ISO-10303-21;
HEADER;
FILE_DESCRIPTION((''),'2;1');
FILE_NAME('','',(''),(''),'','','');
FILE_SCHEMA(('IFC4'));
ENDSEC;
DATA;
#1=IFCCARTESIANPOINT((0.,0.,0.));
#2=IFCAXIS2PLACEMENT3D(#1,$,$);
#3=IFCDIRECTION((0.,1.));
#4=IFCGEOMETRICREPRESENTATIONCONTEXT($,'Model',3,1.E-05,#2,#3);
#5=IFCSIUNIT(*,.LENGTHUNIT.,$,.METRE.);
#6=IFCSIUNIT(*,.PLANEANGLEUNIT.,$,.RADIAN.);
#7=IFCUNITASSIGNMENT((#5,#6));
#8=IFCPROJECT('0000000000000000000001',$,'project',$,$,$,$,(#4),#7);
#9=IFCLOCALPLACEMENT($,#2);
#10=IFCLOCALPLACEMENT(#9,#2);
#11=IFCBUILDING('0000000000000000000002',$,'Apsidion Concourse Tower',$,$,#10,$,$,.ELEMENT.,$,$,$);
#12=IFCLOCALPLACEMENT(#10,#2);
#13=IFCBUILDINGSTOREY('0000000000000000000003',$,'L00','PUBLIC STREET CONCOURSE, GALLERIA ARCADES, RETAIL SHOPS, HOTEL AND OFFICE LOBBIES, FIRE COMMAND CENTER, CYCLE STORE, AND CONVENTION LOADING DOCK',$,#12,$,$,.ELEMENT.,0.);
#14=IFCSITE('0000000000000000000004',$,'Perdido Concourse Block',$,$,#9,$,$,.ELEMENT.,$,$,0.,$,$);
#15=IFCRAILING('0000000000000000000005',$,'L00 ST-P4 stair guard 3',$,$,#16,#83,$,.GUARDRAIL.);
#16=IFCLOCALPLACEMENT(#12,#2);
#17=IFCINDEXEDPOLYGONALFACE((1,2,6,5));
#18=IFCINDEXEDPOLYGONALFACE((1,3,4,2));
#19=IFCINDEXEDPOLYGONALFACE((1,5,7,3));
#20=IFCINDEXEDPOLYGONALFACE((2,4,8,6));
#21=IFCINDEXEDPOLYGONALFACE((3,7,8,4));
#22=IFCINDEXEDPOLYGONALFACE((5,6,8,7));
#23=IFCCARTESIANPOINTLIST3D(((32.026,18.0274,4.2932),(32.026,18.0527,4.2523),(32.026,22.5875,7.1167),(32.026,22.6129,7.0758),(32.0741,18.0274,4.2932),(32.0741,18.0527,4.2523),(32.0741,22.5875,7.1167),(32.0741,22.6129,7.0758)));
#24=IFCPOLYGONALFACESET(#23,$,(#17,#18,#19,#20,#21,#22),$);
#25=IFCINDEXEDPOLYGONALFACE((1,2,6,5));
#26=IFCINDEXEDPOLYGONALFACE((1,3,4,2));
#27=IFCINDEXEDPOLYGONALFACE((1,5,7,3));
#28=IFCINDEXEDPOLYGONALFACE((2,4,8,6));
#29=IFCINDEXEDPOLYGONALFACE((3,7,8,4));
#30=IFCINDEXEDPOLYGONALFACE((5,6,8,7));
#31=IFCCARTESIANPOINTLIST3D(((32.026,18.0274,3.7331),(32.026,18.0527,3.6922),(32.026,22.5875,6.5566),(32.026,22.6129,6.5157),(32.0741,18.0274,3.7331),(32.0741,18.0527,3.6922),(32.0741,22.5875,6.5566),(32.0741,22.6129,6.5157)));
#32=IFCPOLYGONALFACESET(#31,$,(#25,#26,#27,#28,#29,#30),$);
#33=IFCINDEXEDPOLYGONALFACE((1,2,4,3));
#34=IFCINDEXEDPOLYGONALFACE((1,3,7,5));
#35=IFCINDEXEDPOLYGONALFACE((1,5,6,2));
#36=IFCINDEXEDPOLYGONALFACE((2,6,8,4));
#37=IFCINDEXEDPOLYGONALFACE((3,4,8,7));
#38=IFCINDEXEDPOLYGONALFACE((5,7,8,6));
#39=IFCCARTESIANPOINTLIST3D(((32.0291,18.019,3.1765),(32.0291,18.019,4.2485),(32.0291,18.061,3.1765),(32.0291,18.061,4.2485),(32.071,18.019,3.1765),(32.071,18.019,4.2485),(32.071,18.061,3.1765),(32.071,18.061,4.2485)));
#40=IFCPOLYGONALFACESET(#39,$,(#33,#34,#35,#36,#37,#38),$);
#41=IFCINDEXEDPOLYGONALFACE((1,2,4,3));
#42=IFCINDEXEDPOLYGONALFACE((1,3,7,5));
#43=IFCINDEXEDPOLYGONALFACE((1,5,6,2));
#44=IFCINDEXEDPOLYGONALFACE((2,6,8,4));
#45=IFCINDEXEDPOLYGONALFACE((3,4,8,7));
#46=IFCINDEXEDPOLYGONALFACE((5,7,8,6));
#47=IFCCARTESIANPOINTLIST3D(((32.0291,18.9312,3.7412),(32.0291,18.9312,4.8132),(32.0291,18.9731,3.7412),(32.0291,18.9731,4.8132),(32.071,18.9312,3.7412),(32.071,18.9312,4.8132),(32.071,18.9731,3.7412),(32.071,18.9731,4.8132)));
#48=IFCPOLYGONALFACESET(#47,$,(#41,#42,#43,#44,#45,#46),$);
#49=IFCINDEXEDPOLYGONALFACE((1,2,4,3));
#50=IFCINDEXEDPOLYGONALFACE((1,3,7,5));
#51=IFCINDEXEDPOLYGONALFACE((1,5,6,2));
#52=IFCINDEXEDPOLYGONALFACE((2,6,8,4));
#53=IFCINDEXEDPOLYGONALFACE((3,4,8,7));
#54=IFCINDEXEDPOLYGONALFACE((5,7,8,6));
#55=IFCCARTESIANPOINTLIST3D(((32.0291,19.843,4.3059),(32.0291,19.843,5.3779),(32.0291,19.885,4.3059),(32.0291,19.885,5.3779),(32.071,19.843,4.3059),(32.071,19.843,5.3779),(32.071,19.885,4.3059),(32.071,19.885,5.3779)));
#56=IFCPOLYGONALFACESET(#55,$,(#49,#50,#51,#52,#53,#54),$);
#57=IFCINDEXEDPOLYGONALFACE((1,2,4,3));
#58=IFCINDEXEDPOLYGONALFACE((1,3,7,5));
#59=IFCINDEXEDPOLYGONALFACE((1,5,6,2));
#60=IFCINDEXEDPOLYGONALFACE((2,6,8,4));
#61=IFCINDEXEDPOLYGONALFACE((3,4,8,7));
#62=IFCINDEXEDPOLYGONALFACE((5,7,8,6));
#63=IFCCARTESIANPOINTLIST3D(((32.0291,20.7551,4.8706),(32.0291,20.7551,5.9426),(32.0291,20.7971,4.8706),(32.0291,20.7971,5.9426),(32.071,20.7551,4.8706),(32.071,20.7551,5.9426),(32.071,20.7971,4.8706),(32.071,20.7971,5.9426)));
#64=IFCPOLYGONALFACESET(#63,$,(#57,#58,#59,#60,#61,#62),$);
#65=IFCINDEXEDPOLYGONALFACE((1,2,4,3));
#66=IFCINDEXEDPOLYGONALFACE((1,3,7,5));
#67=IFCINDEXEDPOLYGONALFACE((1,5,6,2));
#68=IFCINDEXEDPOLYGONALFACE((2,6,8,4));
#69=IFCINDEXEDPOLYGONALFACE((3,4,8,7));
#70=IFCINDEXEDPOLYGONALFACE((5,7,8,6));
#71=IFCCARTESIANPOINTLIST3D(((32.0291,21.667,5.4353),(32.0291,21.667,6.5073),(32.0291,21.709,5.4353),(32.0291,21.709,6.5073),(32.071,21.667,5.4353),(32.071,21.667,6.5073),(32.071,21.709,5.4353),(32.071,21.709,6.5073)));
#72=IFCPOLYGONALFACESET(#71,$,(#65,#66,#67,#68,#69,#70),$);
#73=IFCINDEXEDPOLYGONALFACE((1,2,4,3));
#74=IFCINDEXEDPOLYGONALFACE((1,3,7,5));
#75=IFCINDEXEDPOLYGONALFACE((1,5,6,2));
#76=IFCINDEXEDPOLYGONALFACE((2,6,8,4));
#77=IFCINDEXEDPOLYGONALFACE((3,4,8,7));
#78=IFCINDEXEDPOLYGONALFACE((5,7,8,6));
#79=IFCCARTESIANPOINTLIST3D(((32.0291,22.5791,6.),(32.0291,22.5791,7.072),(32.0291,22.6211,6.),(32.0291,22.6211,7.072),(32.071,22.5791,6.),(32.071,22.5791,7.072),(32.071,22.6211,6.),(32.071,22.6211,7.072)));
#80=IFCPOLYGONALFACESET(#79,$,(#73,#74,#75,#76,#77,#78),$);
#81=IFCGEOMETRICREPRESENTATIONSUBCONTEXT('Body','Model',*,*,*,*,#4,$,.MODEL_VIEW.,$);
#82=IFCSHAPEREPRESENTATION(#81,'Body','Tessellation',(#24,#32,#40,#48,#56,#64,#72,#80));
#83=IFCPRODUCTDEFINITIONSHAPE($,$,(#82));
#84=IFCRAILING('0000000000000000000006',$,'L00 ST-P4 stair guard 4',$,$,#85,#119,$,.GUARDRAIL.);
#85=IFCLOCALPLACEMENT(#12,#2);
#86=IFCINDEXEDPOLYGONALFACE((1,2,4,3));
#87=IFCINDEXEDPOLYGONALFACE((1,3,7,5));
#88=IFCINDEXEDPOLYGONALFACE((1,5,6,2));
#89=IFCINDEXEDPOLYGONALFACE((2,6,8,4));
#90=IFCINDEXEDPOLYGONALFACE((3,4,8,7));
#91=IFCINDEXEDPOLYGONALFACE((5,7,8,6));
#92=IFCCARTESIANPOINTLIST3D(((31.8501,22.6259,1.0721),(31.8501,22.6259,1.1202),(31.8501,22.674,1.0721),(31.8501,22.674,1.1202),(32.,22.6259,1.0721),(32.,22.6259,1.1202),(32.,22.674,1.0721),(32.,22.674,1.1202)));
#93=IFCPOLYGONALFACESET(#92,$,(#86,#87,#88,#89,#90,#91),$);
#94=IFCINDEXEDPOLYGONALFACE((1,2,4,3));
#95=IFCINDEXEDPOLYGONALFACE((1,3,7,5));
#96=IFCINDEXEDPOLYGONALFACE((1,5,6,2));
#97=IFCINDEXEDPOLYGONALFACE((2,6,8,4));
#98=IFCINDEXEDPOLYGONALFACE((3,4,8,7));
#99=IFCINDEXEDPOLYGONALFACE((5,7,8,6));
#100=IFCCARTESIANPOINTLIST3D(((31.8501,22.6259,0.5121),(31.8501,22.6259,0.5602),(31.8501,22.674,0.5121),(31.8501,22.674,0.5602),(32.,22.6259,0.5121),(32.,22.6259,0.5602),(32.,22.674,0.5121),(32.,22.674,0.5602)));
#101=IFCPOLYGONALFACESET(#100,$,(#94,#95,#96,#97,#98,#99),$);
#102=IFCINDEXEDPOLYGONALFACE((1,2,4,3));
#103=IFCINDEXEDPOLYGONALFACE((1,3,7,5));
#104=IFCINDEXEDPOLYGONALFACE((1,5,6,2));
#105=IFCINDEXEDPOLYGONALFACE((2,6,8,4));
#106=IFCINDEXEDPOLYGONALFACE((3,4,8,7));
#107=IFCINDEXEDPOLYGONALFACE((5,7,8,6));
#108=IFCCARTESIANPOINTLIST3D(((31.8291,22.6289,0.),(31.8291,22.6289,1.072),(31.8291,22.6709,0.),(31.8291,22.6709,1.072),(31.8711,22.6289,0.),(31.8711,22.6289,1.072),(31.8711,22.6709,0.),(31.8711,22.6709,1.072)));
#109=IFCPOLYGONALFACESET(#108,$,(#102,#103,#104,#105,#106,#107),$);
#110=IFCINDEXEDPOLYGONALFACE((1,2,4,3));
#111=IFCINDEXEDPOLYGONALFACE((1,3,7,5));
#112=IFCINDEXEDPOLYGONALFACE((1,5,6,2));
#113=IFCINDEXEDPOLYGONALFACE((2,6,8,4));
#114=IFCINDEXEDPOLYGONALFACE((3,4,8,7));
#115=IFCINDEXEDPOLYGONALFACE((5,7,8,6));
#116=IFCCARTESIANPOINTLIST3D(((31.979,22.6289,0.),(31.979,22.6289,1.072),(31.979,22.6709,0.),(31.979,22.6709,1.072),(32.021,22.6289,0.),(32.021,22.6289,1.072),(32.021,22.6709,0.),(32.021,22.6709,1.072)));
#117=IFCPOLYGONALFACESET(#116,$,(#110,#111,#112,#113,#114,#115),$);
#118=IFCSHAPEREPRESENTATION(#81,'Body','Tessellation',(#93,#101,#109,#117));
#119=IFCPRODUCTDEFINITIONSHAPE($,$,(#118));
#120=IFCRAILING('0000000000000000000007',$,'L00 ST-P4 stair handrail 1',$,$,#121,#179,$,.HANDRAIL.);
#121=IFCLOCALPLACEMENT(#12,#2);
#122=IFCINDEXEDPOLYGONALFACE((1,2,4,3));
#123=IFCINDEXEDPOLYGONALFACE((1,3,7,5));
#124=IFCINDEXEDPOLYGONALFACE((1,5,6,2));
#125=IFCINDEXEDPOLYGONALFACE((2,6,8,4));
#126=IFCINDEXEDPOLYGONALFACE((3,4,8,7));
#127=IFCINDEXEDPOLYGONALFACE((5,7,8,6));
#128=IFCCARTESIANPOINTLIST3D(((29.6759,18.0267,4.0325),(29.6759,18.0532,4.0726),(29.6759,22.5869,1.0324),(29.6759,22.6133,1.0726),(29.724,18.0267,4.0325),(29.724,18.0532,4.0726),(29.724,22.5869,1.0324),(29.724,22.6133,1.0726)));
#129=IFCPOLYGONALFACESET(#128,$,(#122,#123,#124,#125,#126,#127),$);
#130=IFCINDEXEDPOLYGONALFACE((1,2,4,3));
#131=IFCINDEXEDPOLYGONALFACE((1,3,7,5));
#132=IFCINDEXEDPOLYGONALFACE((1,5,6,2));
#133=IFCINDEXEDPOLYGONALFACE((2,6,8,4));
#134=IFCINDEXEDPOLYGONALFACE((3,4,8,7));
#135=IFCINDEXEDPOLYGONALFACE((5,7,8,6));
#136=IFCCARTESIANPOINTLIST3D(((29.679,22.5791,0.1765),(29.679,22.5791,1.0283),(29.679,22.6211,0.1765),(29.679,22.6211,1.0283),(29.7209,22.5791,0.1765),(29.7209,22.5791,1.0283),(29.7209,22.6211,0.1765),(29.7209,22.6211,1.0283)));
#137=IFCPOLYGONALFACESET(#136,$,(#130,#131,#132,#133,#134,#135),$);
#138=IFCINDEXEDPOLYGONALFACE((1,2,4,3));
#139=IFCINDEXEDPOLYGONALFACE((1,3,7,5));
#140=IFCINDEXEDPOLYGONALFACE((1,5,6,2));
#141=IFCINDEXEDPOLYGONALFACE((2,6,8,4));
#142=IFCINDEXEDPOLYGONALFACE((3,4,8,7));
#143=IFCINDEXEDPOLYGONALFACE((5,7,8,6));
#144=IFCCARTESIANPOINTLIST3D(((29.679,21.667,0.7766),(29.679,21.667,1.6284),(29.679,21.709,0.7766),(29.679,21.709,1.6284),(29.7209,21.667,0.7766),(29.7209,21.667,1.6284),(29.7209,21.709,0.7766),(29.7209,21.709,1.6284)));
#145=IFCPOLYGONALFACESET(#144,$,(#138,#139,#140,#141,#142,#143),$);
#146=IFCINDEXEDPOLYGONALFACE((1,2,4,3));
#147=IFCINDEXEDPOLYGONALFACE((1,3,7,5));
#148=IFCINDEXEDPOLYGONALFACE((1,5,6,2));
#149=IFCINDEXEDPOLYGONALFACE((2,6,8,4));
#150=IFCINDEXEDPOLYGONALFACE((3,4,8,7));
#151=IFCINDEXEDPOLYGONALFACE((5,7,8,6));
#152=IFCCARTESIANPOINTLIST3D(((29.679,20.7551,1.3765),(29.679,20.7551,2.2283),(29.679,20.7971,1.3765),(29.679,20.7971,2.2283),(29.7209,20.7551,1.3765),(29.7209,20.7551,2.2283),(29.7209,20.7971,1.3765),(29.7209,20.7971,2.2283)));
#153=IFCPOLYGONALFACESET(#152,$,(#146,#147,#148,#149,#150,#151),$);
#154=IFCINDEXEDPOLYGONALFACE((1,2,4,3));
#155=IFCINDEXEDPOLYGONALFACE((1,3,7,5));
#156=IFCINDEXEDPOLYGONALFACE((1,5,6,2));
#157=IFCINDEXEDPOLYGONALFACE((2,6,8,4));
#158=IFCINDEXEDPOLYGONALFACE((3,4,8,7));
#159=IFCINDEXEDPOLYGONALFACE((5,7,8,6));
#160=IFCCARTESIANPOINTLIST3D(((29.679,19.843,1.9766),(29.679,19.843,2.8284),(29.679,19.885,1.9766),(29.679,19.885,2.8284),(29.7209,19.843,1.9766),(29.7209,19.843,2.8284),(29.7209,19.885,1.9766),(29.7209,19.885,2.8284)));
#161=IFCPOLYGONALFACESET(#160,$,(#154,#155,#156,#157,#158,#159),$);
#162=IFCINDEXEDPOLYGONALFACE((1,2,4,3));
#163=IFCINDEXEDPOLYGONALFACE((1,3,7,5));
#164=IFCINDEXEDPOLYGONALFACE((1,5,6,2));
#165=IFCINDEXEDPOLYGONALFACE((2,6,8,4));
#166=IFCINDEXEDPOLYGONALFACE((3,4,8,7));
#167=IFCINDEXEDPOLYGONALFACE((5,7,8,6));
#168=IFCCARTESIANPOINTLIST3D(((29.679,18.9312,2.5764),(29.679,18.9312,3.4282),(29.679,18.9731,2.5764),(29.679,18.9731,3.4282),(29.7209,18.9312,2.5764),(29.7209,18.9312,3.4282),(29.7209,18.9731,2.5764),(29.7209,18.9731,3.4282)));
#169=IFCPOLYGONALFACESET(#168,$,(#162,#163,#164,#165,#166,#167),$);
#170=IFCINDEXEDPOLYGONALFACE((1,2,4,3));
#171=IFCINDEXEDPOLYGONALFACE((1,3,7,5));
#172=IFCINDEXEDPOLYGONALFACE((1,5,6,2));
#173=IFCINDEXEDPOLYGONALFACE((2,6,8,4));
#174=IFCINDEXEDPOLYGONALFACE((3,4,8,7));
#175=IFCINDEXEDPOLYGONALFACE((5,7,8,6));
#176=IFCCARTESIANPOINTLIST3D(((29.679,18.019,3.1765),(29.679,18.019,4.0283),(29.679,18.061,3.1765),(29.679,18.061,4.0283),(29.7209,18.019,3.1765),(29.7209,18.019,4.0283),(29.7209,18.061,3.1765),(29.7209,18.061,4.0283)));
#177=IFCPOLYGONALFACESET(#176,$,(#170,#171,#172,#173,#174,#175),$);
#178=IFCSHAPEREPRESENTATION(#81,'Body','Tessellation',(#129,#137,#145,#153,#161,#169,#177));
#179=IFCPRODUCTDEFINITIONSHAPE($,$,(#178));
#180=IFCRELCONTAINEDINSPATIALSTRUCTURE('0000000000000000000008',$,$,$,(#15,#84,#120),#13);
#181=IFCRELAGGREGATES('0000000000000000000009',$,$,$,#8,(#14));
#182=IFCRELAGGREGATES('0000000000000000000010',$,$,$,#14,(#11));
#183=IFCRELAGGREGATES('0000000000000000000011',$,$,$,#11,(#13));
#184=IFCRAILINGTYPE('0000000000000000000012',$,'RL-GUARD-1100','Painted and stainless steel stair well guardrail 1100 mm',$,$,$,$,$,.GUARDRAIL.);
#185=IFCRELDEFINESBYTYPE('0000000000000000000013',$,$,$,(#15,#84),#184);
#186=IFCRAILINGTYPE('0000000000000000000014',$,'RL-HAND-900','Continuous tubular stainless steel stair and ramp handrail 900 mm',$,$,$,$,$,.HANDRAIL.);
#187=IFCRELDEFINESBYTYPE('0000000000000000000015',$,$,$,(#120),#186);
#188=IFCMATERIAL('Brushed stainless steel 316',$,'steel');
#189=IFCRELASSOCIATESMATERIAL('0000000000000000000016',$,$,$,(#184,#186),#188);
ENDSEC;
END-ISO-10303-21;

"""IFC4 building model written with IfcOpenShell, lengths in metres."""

from ifc_helpers import new_model, si_unit, direction, frame, origin, origin_2d, place, context, subcontext, project, spatial, rectangle, extrude, material, type_object, element, save


model = new_model("IFC4")

# Units and contexts
model_context = context("Model", 3, precision=1e-05, world=origin(), true_north=direction((0.0, 1.0)))
body_context = subcontext(model_context, "Body", "Model", "MODEL_VIEW")
ifc_project = project(units=[si_unit("LENGTHUNIT", "METRE"), si_unit("PLANEANGLEUNIT", "RADIAN")], contexts=[model_context])

# Site, building, storey
site_placement = place(None, origin())
site = spatial("IfcSite", under=ifc_project, at=site_placement, Name="Perdido Concourse Block", CompositionType="ELEMENT", RefElevation=0.0)
building_placement = place(site_placement, origin())
building = spatial("IfcBuilding", under=site, at=building_placement, Name="Apsidion Concourse Tower", CompositionType="ELEMENT")
storey_placement = place(building_placement, origin())
storey = spatial("IfcBuildingStorey", under=building, at=storey_placement, Name="L00", Description="PUBLIC STREET CONCOURSE, GALLERIA ARCADES, RETAIL SHOPS, HOTEL AND OFFICE LOBBIES, FIRE COMMAND CENTER, CYCLE STORE, AND CONVENTION LOADING DOCK", CompositionType="ELEMENT", Elevation=0.0)

# Shared definitions
ifc_material_1 = material(Name="Brushed stainless steel 316", Category="steel")

# Railings
railing_type_1 = type_object("IfcRailingType", Name="RL-GUARD-1100", Description="Painted and stainless steel stair well guardrail 1100 mm", PredefinedType="GUARDRAIL", material=ifc_material_1)
railing_1_placement = place(storey_placement, frame((32.05, 18.04, 3.1765)))
element("IfcRailing", 1, at=railing_1_placement, inside=storey, type_object=railing_type_1, Name="L00 ST-P4 stair guard 3", PredefinedType="GUARDRAIL", context=body_context, shape_type="SweptSolid", body=[
    extrude(rectangle(XDim=0.0481, YDim=0.0481, at=origin_2d()), frame((0.0, 0.0, 1.0962), z_axis=(0.0, 0.850216, 0.526435), x_axis=(-1.0, 0.0, 0.0)), (0.0, 0.0, 1.0), 5.3635),
    extrude(rectangle(XDim=0.0481, YDim=0.0481, at=origin_2d()), frame((0.0, 0.0, 0.5361), z_axis=(0.0, 0.850216, 0.526435), x_axis=(-1.0, 0.0, 0.0)), (0.0, 0.0, 1.0), 5.3635),
    extrude(rectangle(XDim=0.042, YDim=0.042, at=origin_2d()), origin(), (0.0, 0.0, 1.0), 1.072),
    extrude(rectangle(XDim=0.042, YDim=0.042, at=origin_2d()), frame((0.0, 0.9121, 0.5647)), (0.0, 0.0, 1.0), 1.072),
    extrude(rectangle(XDim=0.042, YDim=0.042, at=origin_2d()), frame((0.0, 1.824, 1.1294)), (0.0, 0.0, 1.0), 1.072),
    extrude(rectangle(XDim=0.042, YDim=0.042, at=origin_2d()), frame((0.0, 2.7361, 1.6941)), (0.0, 0.0, 1.0), 1.072),
    extrude(rectangle(XDim=0.042, YDim=0.042, at=origin_2d()), frame((0.0, 3.6479, 2.2588)), (0.0, 0.0, 1.0), 1.072),
    extrude(rectangle(XDim=0.042, YDim=0.042, at=origin_2d()), frame((0.0, 4.5601, 2.8235)), (0.0, 0.0, 1.0), 1.072),
])
railing_2_placement = place(storey_placement, frame((31.8501, 22.6499, 0.0)))
element("IfcRailing", 2, at=railing_2_placement, inside=storey, type_object=railing_type_1, Name="L00 ST-P4 stair guard 4", PredefinedType="GUARDRAIL", context=body_context, shape_type="SweptSolid", body=[
    extrude(rectangle(XDim=0.0481, YDim=0.0481, at=origin_2d()), frame((0.0, 0.0, 1.0962), z_axis=(1.0, 0.0, 0.0), x_axis=(0.0, 1.0, 0.0)), (0.0, 0.0, 1.0), 0.1499),
    extrude(rectangle(XDim=0.0481, YDim=0.0481, at=origin_2d()), frame((0.0, 0.0, 0.5361), z_axis=(1.0, 0.0, 0.0), x_axis=(0.0, 1.0, 0.0)), (0.0, 0.0, 1.0), 0.1499),
    extrude(rectangle(XDim=0.042, YDim=0.042, at=origin_2d()), origin(), (0.0, 0.0, 1.0), 1.072),
    extrude(rectangle(XDim=0.042, YDim=0.042, at=origin_2d()), frame((0.1499, 0.0, 0.0)), (0.0, 0.0, 1.0), 1.072),
])
railing_type_2 = type_object("IfcRailingType", Name="RL-HAND-900", Description="Continuous tubular stainless steel stair and ramp handrail 900 mm", PredefinedType="HANDRAIL", material=ifc_material_1)
railing_3_placement = place(storey_placement, frame((29.7, 22.6001, 0.1765)))
element("IfcRailing", 3, at=railing_3_placement, inside=storey, type_object=railing_type_2, Name="L00 ST-P4 stair handrail 1", PredefinedType="HANDRAIL", context=body_context, shape_type="SweptSolid", body=[
    extrude(rectangle(XDim=0.0481, YDim=0.0481, at=origin_2d()), frame((0.0, 0.0, 0.876), z_axis=(0.0, -0.83542, 0.549612), x_axis=(1.0, 0.0, 0.0)), (0.0, 0.0, 1.0), 5.4585),
    extrude(rectangle(XDim=0.042, YDim=0.042, at=origin_2d()), origin(), (0.0, 0.0, 1.0), 0.8518),
    extrude(rectangle(XDim=0.042, YDim=0.042, at=origin_2d()), frame((0.0, -0.9121, 0.6001)), (0.0, 0.0, 1.0), 0.8518),
    extrude(rectangle(XDim=0.042, YDim=0.042, at=origin_2d()), frame((0.0, -1.824, 1.2)), (0.0, 0.0, 1.0), 0.8518),
    extrude(rectangle(XDim=0.042, YDim=0.042, at=origin_2d()), frame((0.0, -2.7361, 1.8)), (0.0, 0.0, 1.0), 0.8518),
    extrude(rectangle(XDim=0.042, YDim=0.042, at=origin_2d()), frame((0.0, -3.6479, 2.3999)), (0.0, 0.0, 1.0), 0.8518),
    extrude(rectangle(XDim=0.042, YDim=0.042, at=origin_2d()), frame((0.0, -4.5601, 3.0)), (0.0, 0.0, 1.0), 0.8518),
])

save(model, "model.ifc")
